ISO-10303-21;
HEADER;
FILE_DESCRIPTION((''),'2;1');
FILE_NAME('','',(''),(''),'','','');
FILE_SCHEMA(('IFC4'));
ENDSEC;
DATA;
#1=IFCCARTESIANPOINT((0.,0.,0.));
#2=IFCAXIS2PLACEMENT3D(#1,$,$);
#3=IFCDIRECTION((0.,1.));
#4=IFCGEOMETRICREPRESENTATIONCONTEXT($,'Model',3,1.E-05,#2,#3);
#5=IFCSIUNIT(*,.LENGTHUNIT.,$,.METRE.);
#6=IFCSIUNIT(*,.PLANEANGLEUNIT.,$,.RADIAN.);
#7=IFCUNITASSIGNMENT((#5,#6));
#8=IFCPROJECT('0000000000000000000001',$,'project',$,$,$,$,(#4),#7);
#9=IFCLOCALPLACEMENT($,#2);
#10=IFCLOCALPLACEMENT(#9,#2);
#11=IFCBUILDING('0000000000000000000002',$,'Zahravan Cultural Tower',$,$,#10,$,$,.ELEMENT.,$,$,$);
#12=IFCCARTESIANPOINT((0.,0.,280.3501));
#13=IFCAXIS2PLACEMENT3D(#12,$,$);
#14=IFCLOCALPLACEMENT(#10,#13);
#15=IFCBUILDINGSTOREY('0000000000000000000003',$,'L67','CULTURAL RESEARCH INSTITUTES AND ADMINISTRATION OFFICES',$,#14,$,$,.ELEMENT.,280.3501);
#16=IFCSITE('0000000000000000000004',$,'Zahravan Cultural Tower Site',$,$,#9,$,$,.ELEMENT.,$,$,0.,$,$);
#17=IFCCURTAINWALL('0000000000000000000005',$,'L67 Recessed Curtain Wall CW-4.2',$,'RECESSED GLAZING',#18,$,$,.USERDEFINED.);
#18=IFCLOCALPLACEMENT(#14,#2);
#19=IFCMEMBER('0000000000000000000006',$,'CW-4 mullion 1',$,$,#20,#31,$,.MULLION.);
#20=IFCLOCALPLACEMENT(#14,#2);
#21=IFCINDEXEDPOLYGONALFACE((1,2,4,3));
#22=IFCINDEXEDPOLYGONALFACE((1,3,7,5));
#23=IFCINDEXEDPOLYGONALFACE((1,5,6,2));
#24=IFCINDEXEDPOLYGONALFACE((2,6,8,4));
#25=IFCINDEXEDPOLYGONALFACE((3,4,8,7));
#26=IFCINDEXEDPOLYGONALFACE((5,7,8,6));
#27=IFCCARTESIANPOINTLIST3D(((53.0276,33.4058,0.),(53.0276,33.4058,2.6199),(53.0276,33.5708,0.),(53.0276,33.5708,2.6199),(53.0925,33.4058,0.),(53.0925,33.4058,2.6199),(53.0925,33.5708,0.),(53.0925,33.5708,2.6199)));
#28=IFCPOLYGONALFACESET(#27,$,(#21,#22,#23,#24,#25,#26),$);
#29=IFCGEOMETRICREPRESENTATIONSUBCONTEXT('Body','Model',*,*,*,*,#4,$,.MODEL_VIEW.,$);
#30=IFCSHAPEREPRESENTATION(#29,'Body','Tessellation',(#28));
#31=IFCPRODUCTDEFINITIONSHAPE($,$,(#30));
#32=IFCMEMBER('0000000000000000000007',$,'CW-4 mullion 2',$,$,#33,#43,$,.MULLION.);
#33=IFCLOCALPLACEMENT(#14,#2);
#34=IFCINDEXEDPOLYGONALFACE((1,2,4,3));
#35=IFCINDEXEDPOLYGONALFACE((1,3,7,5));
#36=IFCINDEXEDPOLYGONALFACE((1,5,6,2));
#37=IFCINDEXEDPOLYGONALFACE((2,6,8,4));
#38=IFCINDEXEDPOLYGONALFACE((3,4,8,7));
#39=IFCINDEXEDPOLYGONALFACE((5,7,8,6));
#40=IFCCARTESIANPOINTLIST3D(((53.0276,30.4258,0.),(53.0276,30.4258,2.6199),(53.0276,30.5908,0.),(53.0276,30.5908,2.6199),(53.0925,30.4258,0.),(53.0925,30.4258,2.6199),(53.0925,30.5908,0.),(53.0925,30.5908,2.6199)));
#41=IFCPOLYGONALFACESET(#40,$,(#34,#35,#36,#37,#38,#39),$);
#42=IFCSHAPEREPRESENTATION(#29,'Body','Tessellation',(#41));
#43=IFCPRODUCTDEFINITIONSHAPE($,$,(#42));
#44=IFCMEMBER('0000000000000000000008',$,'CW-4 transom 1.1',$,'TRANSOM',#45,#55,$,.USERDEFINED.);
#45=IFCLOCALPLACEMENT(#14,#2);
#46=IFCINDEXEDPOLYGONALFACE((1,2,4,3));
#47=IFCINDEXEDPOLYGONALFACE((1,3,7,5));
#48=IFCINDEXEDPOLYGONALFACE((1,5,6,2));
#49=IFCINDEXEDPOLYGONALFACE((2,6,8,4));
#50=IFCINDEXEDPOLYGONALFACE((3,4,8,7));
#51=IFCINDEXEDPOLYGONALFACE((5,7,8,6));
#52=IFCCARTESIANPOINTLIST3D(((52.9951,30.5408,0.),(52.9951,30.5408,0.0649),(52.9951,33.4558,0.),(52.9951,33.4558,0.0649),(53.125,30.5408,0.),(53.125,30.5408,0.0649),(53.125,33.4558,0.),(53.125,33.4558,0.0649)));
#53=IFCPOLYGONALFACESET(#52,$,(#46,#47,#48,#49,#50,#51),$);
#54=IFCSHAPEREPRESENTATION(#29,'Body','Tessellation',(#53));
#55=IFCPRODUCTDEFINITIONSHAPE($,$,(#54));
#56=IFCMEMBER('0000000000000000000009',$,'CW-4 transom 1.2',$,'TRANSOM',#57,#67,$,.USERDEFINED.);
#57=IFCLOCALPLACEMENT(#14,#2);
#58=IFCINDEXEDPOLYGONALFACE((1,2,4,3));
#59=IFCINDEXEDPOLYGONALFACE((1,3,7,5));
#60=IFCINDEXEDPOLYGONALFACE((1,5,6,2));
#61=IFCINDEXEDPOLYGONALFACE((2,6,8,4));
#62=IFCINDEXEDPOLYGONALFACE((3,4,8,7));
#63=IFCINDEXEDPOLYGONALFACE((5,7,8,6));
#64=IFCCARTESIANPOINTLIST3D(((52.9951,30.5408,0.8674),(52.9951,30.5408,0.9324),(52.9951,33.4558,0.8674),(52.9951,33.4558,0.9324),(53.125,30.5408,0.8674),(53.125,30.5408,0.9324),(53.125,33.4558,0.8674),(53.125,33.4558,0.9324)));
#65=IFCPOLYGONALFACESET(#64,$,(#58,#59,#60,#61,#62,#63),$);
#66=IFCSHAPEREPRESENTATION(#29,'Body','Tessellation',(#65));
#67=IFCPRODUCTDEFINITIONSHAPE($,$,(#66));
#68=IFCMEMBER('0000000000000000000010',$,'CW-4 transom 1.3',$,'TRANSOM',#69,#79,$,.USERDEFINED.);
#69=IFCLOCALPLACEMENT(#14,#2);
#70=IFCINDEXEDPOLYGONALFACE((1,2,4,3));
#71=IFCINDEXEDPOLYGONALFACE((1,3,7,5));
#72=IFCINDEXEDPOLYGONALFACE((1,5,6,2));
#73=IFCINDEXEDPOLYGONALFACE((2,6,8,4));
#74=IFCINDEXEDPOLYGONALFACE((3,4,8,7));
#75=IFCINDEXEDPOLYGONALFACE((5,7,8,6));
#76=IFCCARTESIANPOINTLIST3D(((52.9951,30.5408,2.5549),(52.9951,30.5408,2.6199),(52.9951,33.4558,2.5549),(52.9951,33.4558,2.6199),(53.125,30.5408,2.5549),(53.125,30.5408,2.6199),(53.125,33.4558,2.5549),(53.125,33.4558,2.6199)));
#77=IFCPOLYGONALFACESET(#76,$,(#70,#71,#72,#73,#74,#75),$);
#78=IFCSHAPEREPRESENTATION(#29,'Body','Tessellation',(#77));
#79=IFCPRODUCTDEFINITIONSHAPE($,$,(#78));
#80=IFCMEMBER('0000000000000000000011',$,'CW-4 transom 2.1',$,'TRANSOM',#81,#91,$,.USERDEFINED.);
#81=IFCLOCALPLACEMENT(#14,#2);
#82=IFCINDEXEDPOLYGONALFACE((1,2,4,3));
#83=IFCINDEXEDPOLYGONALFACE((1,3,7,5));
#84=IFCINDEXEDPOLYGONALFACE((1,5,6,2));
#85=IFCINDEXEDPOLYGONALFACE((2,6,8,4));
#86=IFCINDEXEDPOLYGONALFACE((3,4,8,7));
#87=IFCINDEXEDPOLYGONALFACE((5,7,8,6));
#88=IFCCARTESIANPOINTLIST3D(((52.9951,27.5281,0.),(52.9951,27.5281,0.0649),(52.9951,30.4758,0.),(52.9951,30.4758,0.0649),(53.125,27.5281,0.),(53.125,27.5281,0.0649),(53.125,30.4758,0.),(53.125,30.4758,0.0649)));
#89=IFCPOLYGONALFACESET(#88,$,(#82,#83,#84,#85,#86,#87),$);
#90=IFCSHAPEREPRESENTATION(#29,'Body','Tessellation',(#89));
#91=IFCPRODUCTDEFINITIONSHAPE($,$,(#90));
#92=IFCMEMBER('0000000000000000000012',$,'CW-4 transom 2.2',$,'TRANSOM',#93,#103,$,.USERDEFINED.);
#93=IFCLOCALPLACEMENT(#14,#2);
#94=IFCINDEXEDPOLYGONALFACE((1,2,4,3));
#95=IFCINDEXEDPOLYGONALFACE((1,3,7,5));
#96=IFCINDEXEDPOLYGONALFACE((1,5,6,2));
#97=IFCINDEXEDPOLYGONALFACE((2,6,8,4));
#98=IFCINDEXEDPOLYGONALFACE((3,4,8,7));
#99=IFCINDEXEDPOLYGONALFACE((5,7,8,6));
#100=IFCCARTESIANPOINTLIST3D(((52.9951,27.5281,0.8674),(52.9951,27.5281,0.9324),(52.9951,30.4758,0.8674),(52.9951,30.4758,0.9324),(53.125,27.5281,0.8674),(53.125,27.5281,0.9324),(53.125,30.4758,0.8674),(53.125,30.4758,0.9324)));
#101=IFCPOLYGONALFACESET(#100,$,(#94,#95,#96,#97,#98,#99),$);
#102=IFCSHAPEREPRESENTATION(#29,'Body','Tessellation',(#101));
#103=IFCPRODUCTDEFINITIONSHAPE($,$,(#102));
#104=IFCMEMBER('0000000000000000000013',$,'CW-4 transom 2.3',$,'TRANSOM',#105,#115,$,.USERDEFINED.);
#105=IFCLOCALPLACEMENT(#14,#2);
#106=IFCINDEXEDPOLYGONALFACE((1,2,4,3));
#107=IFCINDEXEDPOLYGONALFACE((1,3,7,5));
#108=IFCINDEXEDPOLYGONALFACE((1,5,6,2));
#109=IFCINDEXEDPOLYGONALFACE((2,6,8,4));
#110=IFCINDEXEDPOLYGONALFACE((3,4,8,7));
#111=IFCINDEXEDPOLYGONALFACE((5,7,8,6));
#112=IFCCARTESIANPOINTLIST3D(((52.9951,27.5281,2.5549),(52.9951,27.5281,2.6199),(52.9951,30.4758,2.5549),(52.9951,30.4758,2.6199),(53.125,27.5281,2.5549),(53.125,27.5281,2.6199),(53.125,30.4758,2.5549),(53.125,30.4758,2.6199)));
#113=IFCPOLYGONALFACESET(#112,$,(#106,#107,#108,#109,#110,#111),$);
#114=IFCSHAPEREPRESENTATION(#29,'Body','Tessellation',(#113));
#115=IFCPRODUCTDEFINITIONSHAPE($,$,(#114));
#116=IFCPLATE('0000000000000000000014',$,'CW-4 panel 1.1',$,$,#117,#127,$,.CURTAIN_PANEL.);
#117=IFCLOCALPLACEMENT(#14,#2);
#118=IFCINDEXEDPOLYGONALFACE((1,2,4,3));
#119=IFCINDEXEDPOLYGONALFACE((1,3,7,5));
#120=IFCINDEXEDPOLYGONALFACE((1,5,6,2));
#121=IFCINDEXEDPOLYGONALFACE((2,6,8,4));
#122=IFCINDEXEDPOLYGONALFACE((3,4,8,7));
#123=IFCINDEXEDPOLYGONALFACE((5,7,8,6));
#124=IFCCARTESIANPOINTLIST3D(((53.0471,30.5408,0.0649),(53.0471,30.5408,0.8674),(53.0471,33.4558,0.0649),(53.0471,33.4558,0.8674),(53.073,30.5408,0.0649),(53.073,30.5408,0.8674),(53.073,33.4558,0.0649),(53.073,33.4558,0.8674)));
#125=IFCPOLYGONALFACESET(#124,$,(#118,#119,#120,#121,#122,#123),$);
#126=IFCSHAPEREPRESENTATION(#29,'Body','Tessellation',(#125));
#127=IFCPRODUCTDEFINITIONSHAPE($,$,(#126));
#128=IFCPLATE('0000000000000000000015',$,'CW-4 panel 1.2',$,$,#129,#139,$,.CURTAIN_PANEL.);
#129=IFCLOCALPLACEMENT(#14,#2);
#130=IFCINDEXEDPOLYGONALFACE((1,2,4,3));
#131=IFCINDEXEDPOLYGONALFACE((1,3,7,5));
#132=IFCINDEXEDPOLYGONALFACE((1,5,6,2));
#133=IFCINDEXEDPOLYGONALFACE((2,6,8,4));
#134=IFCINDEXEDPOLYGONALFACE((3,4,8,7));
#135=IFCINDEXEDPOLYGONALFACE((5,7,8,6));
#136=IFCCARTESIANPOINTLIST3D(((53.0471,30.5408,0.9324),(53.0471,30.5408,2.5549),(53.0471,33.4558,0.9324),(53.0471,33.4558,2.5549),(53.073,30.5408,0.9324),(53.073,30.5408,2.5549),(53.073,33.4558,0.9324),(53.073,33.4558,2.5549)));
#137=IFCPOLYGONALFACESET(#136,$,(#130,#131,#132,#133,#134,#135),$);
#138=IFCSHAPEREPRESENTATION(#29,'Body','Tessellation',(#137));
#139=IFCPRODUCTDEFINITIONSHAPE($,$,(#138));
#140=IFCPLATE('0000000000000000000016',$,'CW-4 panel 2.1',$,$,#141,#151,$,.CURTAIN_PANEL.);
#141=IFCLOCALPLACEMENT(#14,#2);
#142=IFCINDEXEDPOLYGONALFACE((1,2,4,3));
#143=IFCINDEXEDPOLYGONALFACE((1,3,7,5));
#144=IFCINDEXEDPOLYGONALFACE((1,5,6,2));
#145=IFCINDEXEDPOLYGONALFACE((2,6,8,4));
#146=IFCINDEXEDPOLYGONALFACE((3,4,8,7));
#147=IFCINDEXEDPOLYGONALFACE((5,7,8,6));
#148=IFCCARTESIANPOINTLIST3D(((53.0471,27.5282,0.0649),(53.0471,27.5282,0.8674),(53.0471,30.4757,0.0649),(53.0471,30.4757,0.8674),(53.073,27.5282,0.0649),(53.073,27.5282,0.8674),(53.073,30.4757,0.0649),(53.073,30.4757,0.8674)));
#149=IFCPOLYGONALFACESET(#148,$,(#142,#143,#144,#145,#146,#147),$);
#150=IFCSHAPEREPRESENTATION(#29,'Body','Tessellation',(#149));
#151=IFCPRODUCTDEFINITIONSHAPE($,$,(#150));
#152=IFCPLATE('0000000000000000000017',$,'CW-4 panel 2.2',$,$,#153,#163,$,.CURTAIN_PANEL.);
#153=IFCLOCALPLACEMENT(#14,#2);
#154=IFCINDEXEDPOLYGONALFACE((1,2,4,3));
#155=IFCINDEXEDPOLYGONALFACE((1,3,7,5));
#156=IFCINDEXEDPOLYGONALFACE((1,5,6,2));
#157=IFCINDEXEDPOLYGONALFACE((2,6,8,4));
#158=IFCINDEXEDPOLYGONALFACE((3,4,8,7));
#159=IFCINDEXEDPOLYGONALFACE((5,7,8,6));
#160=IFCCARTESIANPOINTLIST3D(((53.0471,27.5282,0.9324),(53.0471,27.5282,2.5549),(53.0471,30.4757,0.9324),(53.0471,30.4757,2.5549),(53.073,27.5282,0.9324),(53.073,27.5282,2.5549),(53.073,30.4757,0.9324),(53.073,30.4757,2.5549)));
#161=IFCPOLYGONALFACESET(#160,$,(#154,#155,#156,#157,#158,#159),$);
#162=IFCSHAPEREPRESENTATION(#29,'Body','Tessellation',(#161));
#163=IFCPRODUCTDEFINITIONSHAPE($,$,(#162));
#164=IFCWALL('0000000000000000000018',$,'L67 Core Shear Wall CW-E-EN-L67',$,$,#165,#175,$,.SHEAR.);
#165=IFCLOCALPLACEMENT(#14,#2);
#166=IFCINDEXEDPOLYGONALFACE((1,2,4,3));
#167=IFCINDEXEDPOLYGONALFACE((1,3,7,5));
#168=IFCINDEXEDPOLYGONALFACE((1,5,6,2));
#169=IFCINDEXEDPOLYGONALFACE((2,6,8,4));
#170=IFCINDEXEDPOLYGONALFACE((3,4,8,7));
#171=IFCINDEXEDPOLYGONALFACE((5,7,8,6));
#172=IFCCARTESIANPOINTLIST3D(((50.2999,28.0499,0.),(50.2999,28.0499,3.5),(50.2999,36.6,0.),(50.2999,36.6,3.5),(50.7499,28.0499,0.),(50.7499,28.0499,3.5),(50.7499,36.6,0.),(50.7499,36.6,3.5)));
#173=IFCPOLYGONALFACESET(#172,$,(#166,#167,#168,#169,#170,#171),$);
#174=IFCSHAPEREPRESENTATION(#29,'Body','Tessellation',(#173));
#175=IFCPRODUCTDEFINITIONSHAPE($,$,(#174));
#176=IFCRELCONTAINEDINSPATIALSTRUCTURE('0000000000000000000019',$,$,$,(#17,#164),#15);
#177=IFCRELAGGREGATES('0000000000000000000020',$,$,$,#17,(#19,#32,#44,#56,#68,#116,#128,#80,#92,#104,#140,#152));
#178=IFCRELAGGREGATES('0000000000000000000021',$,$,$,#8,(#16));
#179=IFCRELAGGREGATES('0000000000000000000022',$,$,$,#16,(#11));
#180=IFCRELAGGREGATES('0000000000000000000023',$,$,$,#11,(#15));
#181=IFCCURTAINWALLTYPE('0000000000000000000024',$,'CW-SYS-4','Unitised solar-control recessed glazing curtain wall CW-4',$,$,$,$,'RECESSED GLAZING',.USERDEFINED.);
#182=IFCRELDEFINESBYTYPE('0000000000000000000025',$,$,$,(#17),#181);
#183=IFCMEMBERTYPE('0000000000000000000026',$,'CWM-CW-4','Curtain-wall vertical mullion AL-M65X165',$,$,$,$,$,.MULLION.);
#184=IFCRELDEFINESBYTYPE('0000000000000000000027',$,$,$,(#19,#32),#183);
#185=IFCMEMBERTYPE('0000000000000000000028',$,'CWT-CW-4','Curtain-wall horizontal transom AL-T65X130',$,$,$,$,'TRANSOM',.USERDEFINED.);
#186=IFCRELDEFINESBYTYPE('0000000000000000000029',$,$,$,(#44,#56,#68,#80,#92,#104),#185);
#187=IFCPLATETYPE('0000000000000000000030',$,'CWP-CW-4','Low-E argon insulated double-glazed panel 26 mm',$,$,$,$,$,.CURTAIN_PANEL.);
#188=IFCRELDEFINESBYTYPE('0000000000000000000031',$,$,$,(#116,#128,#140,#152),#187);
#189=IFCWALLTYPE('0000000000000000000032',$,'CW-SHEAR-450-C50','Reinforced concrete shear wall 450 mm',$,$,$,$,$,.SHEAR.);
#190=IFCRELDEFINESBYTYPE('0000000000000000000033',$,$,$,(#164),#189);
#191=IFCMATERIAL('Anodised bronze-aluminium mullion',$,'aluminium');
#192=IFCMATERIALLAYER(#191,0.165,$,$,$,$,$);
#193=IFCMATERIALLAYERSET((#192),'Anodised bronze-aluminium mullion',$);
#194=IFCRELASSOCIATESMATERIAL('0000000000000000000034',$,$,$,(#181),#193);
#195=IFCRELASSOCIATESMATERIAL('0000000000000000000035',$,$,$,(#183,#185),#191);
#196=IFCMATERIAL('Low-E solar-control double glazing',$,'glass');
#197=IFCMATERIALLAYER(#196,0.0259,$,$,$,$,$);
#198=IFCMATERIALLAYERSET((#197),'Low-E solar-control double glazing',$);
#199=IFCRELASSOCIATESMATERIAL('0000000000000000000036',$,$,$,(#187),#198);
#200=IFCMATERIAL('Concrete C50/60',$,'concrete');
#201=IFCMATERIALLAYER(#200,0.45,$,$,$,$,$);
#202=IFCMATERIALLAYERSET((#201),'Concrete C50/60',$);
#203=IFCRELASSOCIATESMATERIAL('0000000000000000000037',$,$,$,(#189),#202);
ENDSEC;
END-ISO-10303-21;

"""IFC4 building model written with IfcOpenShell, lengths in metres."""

from ifc_helpers import new_model, si_unit, direction, frame, frame_2d, origin, origin_2d, place, context, subcontext, project, spatial, rectangle, extrude, source, transform, mapped, material, layer, layer_set, material_profile, profile_set, type_object, element, aggregate, save


model = new_model("IFC4")

# Units and contexts
model_context = context("Model", 3, precision=1e-05, world=origin(), true_north=direction((0.0, 1.0)))
body_context = subcontext(model_context, "Body", "Model", "MODEL_VIEW")
ifc_project = project(units=[si_unit("LENGTHUNIT", "METRE"), si_unit("PLANEANGLEUNIT", "RADIAN")], contexts=[model_context])

# Site, building, storey
site_placement = place(None, origin())
site = spatial("IfcSite", under=ifc_project, at=site_placement, Name="Zahravan Cultural Tower Site", CompositionType="ELEMENT", RefElevation=0.0)
building_placement = place(site_placement, origin())
building = spatial("IfcBuilding", under=site, at=building_placement, Name="Zahravan Cultural Tower", CompositionType="ELEMENT")
storey_placement = place(building_placement, frame((0.0, 0.0, 280.3501)))
storey = spatial("IfcBuildingStorey", under=building, at=storey_placement, Name="L67", Description="CULTURAL RESEARCH INSTITUTES AND ADMINISTRATION OFFICES", CompositionType="ELEMENT", Elevation=280.3501)

# Curtain wall, members, plates
ifc_material_1 = material(Name="Anodised bronze-aluminium mullion", Category="aluminium")
ifc_layer_1 = layer(ifc_material_1, 0.165)
ifc_layer_set_1 = layer_set([ifc_layer_1], Name="Anodised bronze-aluminium mullion")
curtain_wall_type = type_object("IfcCurtainWallType", Name="CW-SYS-4", Description="Unitised solar-control recessed glazing curtain wall CW-4", ElementType="RECESSED GLAZING", PredefinedType="USERDEFINED", material=ifc_layer_set_1)
curtain_wall_placement = place(storey_placement, origin())
curtain_wall = element("IfcCurtainWall", 1, at=curtain_wall_placement, inside=storey, type_object=curtain_wall_type, Name="L67 Recessed Curtain Wall CW-4.2", ObjectType="RECESSED GLAZING", PredefinedType="USERDEFINED")
ifc_material_profile_1 = material_profile(ifc_material_1, rectangle(XDim=0.0649, YDim=0.165, at=origin_2d()), Name="AL-M65X165")
ifc_profile_set_1 = profile_set([ifc_material_profile_1], Name="Anodised bronze-aluminium mullion")
member_type_1 = type_object("IfcMemberType", Name="CWM-CW-4", Description="Curtain-wall vertical mullion AL-M65X165", PredefinedType="MULLION", material=ifc_profile_set_1)
shared_shape_1 = source(origin(), body_context, "Body", "SweptSolid", [
    extrude(rectangle(XDim=0.0649, YDim=0.165, at=origin_2d()), origin(), (0.0, 0.0, 1.0), 2.6199),
])
member_1_placement = place(storey_placement, frame((53.0601, 33.4883, 0.0), z_axis=(0.0, 0.0, 1.0), x_axis=(1.0, 0.0, 0.0)))
member_1 = element("IfcMember", 2, at=member_1_placement, type_object=member_type_1, Name="CW-4 mullion 1", PredefinedType="MULLION", context=body_context, shape_type="MappedRepresentation", body=[
    mapped(shared_shape_1, transform((0.0, 0.0, 0.0), x_axis=(1.0, 0.0, 0.0), y_axis=(0.0, 1.0, 0.0), z_axis=(0.0, 0.0, 1.0), scale=1.0)),
])
member_2_placement = place(storey_placement, frame((53.0601, 30.5083, 0.0), z_axis=(0.0, 0.0, 1.0), x_axis=(1.0, 0.0, 0.0)))
member_2 = element("IfcMember", 3, at=member_2_placement, type_object=member_type_1, Name="CW-4 mullion 2", PredefinedType="MULLION", context=body_context, shape_type="MappedRepresentation", body=[
    mapped(shared_shape_1, transform((0.0, 0.0, 0.0), x_axis=(1.0, 0.0, 0.0), y_axis=(0.0, 1.0, 0.0), z_axis=(0.0, 0.0, 1.0), scale=1.0)),
])
ifc_material_profile_2 = material_profile(ifc_material_1, rectangle(XDim=0.1299, YDim=0.0649, at=origin_2d()), Name="AL-T65X130")
ifc_profile_set_2 = profile_set([ifc_material_profile_2], Name="Anodised bronze-aluminium mullion")
member_type_2 = type_object("IfcMemberType", Name="CWT-CW-4", Description="Curtain-wall horizontal transom AL-T65X130", ElementType="TRANSOM", PredefinedType="USERDEFINED", material=ifc_profile_set_2)
shared_shape_2 = source(origin(), body_context, "Body", "SweptSolid", [
    extrude(rectangle(XDim=0.1299, YDim=0.0649, at=origin_2d()), origin(), (0.0, 0.0, 1.0), 2.915),
])
member_3_placement = place(storey_placement, frame((53.0601, 33.4558, 0.0325), z_axis=(0.0, -1.0, 0.0), x_axis=(1.0, 0.0, 0.0)))
member_3 = element("IfcMember", 4, at=member_3_placement, type_object=member_type_2, Name="CW-4 transom 1.1", ObjectType="TRANSOM", PredefinedType="USERDEFINED", context=body_context, shape_type="MappedRepresentation", body=[
    mapped(shared_shape_2, transform((0.0, 0.0, 0.0), x_axis=(1.0, 0.0, 0.0), y_axis=(0.0, 1.0, 0.0), z_axis=(0.0, 0.0, 1.0), scale=1.0)),
])
member_4_placement = place(storey_placement, frame((53.0601, 33.4558, 0.8999), z_axis=(0.0, -1.0, 0.0), x_axis=(1.0, 0.0, 0.0)))
member_4 = element("IfcMember", 5, at=member_4_placement, type_object=member_type_2, Name="CW-4 transom 1.2", ObjectType="TRANSOM", PredefinedType="USERDEFINED", context=body_context, shape_type="MappedRepresentation", body=[
    mapped(shared_shape_2, transform((0.0, 0.0, 0.0), x_axis=(1.0, 0.0, 0.0), y_axis=(0.0, 1.0, 0.0), z_axis=(0.0, 0.0, 1.0), scale=1.0)),
])
member_5_placement = place(storey_placement, frame((53.0601, 33.4558, 2.5874), z_axis=(0.0, -1.0, 0.0), x_axis=(1.0, 0.0, 0.0)))
member_5 = element("IfcMember", 6, at=member_5_placement, type_object=member_type_2, Name="CW-4 transom 1.3", ObjectType="TRANSOM", PredefinedType="USERDEFINED", context=body_context, shape_type="MappedRepresentation", body=[
    mapped(shared_shape_2, transform((0.0, 0.0, 0.0), x_axis=(1.0, 0.0, 0.0), y_axis=(0.0, 1.0, 0.0), z_axis=(0.0, 0.0, 1.0), scale=1.0)),
])
shared_shape_3 = source(origin(), body_context, "Body", "SweptSolid", [
    extrude(rectangle(XDim=0.1299, YDim=0.0649, at=origin_2d()), origin(), (0.0, 0.0, 1.0), 2.9478),
])
member_6_placement = place(storey_placement, frame((53.0601, 30.4758, 0.0325), z_axis=(0.0, -1.0, 0.0), x_axis=(1.0, 0.0, 0.0)))
member_6 = element("IfcMember", 7, at=member_6_placement, type_object=member_type_2, Name="CW-4 transom 2.1", ObjectType="TRANSOM", PredefinedType="USERDEFINED", context=body_context, shape_type="MappedRepresentation", body=[
    mapped(shared_shape_3, transform((0.0, 0.0, 0.0), x_axis=(1.0, 0.0, 0.0), y_axis=(0.0, 1.0, 0.0), z_axis=(0.0, 0.0, 1.0), scale=1.0)),
])
member_7_placement = place(storey_placement, frame((53.0601, 30.4758, 0.8999), z_axis=(0.0, -1.0, 0.0), x_axis=(1.0, 0.0, 0.0)))
member_7 = element("IfcMember", 8, at=member_7_placement, type_object=member_type_2, Name="CW-4 transom 2.2", ObjectType="TRANSOM", PredefinedType="USERDEFINED", context=body_context, shape_type="MappedRepresentation", body=[
    mapped(shared_shape_3, transform((0.0, 0.0, 0.0), x_axis=(1.0, 0.0, 0.0), y_axis=(0.0, 1.0, 0.0), z_axis=(0.0, 0.0, 1.0), scale=1.0)),
])
member_8_placement = place(storey_placement, frame((53.0601, 30.4758, 2.5874), z_axis=(0.0, -1.0, 0.0), x_axis=(1.0, 0.0, 0.0)))
member_8 = element("IfcMember", 9, at=member_8_placement, type_object=member_type_2, Name="CW-4 transom 2.3", ObjectType="TRANSOM", PredefinedType="USERDEFINED", context=body_context, shape_type="MappedRepresentation", body=[
    mapped(shared_shape_3, transform((0.0, 0.0, 0.0), x_axis=(1.0, 0.0, 0.0), y_axis=(0.0, 1.0, 0.0), z_axis=(0.0, 0.0, 1.0), scale=1.0)),
])
ifc_material_2 = material(Name="Low-E solar-control double glazing", Category="glass")
ifc_layer_2 = layer(ifc_material_2, 0.0259)
ifc_layer_set_2 = layer_set([ifc_layer_2], Name="Low-E solar-control double glazing")
plate_type = type_object("IfcPlateType", Name="CWP-CW-4", Description="Low-E argon insulated double-glazed panel 26 mm", PredefinedType="CURTAIN_PANEL", material=ifc_layer_set_2)
shared_shape_4 = source(origin(), body_context, "Body", "SweptSolid", [
    extrude(rectangle(XDim=2.915, YDim=0.0259, at=origin_2d()), origin(), (0.0, 0.0, 1.0), 0.8025),
])
plate_1_placement = place(storey_placement, frame((53.0601, 31.9983, 0.0649), z_axis=(0.0, 0.0, 1.0), x_axis=(0.0, -1.0, 0.0)))
plate_1 = element("IfcPlate", 10, at=plate_1_placement, type_object=plate_type, Name="CW-4 panel 1.1", PredefinedType="CURTAIN_PANEL", context=body_context, shape_type="MappedRepresentation", body=[
    mapped(shared_shape_4, transform((0.0, 0.0, 0.0), x_axis=(1.0, 0.0, 0.0), y_axis=(0.0, 1.0, 0.0), z_axis=(0.0, 0.0, 1.0), scale=1.0)),
])
shared_shape_5 = source(origin(), body_context, "Body", "SweptSolid", [
    extrude(rectangle(XDim=2.915, YDim=0.0259, at=origin_2d()), origin(), (0.0, 0.0, 1.0), 1.6226),
])
plate_2_placement = place(storey_placement, frame((53.0601, 31.9983, 0.9324), z_axis=(0.0, 0.0, 1.0), x_axis=(0.0, -1.0, 0.0)))
plate_2 = element("IfcPlate", 11, at=plate_2_placement, type_object=plate_type, Name="CW-4 panel 1.2", PredefinedType="CURTAIN_PANEL", context=body_context, shape_type="MappedRepresentation", body=[
    mapped(shared_shape_5, transform((0.0, 0.0, 0.0), x_axis=(1.0, 0.0, 0.0), y_axis=(0.0, 1.0, 0.0), z_axis=(0.0, 0.0, 1.0), scale=1.0)),
])
shared_shape_6 = source(origin(), body_context, "Body", "SweptSolid", [
    extrude(rectangle(XDim=2.9475, YDim=0.0259, at=origin_2d()), origin(), (0.0, 0.0, 1.0), 0.8025),
])
plate_3_placement = place(storey_placement, frame((53.0601, 29.002, 0.0649), z_axis=(0.0, 0.0, 1.0), x_axis=(0.0, -1.0, 0.0)))
plate_3 = element("IfcPlate", 12, at=plate_3_placement, type_object=plate_type, Name="CW-4 panel 2.1", PredefinedType="CURTAIN_PANEL", context=body_context, shape_type="MappedRepresentation", body=[
    mapped(shared_shape_6, transform((0.0, 0.0, 0.0), x_axis=(1.0, 0.0, 0.0), y_axis=(0.0, 1.0, 0.0), z_axis=(0.0, 0.0, 1.0), scale=1.0)),
])
shared_shape_7 = source(origin(), body_context, "Body", "SweptSolid", [
    extrude(rectangle(XDim=2.9475, YDim=0.0259, at=origin_2d()), origin(), (0.0, 0.0, 1.0), 1.6226),
])
plate_4_placement = place(storey_placement, frame((53.0601, 29.002, 0.9324), z_axis=(0.0, 0.0, 1.0), x_axis=(0.0, -1.0, 0.0)))
plate_4 = element("IfcPlate", 13, at=plate_4_placement, type_object=plate_type, Name="CW-4 panel 2.2", PredefinedType="CURTAIN_PANEL", context=body_context, shape_type="MappedRepresentation", body=[
    mapped(shared_shape_7, transform((0.0, 0.0, 0.0), x_axis=(1.0, 0.0, 0.0), y_axis=(0.0, 1.0, 0.0), z_axis=(0.0, 0.0, 1.0), scale=1.0)),
])
aggregate(curtain_wall, [member_1, member_2, member_3, member_4, member_5, plate_1, plate_2, member_6, member_7, member_8, plate_3, plate_4])

# Wall
ifc_material_3 = material(Name="Concrete C50/60", Category="concrete")
ifc_layer_3 = layer(ifc_material_3, 0.45)
ifc_layer_set_3 = layer_set([ifc_layer_3], Name="Concrete C50/60")
wall_type_1 = type_object("IfcWallType", Name="CW-SHEAR-450-C50", Description="Reinforced concrete shear wall 450 mm", PredefinedType="SHEAR", material=ifc_layer_set_3)
shared_shape_8 = source(origin(), body_context, "Body", "SweptSolid", [
    extrude(rectangle(XDim=8.55, YDim=0.45, at=frame_2d((4.2749, 0.0))), origin(), (0.0, 0.0, 1.0), 3.5),
])
wall_1_placement = place(storey_placement, frame((50.5249, 28.05, 0.0), z_axis=(0.0, 0.0, 1.0), x_axis=(0.0, 1.0, 0.0)))
element("IfcWall", 14, at=wall_1_placement, inside=storey, type_object=wall_type_1, Name="L67 Core Shear Wall CW-E-EN-L67", PredefinedType="SHEAR", context=body_context, shape_type="MappedRepresentation", body=[
    mapped(shared_shape_8, transform((0.0, 0.0, 0.0), x_axis=(1.0, 0.0, 0.0), y_axis=(0.0, 1.0, 0.0), z_axis=(0.0, 0.0, 1.0), scale=1.0)),
])

save(model, "model.ifc")
